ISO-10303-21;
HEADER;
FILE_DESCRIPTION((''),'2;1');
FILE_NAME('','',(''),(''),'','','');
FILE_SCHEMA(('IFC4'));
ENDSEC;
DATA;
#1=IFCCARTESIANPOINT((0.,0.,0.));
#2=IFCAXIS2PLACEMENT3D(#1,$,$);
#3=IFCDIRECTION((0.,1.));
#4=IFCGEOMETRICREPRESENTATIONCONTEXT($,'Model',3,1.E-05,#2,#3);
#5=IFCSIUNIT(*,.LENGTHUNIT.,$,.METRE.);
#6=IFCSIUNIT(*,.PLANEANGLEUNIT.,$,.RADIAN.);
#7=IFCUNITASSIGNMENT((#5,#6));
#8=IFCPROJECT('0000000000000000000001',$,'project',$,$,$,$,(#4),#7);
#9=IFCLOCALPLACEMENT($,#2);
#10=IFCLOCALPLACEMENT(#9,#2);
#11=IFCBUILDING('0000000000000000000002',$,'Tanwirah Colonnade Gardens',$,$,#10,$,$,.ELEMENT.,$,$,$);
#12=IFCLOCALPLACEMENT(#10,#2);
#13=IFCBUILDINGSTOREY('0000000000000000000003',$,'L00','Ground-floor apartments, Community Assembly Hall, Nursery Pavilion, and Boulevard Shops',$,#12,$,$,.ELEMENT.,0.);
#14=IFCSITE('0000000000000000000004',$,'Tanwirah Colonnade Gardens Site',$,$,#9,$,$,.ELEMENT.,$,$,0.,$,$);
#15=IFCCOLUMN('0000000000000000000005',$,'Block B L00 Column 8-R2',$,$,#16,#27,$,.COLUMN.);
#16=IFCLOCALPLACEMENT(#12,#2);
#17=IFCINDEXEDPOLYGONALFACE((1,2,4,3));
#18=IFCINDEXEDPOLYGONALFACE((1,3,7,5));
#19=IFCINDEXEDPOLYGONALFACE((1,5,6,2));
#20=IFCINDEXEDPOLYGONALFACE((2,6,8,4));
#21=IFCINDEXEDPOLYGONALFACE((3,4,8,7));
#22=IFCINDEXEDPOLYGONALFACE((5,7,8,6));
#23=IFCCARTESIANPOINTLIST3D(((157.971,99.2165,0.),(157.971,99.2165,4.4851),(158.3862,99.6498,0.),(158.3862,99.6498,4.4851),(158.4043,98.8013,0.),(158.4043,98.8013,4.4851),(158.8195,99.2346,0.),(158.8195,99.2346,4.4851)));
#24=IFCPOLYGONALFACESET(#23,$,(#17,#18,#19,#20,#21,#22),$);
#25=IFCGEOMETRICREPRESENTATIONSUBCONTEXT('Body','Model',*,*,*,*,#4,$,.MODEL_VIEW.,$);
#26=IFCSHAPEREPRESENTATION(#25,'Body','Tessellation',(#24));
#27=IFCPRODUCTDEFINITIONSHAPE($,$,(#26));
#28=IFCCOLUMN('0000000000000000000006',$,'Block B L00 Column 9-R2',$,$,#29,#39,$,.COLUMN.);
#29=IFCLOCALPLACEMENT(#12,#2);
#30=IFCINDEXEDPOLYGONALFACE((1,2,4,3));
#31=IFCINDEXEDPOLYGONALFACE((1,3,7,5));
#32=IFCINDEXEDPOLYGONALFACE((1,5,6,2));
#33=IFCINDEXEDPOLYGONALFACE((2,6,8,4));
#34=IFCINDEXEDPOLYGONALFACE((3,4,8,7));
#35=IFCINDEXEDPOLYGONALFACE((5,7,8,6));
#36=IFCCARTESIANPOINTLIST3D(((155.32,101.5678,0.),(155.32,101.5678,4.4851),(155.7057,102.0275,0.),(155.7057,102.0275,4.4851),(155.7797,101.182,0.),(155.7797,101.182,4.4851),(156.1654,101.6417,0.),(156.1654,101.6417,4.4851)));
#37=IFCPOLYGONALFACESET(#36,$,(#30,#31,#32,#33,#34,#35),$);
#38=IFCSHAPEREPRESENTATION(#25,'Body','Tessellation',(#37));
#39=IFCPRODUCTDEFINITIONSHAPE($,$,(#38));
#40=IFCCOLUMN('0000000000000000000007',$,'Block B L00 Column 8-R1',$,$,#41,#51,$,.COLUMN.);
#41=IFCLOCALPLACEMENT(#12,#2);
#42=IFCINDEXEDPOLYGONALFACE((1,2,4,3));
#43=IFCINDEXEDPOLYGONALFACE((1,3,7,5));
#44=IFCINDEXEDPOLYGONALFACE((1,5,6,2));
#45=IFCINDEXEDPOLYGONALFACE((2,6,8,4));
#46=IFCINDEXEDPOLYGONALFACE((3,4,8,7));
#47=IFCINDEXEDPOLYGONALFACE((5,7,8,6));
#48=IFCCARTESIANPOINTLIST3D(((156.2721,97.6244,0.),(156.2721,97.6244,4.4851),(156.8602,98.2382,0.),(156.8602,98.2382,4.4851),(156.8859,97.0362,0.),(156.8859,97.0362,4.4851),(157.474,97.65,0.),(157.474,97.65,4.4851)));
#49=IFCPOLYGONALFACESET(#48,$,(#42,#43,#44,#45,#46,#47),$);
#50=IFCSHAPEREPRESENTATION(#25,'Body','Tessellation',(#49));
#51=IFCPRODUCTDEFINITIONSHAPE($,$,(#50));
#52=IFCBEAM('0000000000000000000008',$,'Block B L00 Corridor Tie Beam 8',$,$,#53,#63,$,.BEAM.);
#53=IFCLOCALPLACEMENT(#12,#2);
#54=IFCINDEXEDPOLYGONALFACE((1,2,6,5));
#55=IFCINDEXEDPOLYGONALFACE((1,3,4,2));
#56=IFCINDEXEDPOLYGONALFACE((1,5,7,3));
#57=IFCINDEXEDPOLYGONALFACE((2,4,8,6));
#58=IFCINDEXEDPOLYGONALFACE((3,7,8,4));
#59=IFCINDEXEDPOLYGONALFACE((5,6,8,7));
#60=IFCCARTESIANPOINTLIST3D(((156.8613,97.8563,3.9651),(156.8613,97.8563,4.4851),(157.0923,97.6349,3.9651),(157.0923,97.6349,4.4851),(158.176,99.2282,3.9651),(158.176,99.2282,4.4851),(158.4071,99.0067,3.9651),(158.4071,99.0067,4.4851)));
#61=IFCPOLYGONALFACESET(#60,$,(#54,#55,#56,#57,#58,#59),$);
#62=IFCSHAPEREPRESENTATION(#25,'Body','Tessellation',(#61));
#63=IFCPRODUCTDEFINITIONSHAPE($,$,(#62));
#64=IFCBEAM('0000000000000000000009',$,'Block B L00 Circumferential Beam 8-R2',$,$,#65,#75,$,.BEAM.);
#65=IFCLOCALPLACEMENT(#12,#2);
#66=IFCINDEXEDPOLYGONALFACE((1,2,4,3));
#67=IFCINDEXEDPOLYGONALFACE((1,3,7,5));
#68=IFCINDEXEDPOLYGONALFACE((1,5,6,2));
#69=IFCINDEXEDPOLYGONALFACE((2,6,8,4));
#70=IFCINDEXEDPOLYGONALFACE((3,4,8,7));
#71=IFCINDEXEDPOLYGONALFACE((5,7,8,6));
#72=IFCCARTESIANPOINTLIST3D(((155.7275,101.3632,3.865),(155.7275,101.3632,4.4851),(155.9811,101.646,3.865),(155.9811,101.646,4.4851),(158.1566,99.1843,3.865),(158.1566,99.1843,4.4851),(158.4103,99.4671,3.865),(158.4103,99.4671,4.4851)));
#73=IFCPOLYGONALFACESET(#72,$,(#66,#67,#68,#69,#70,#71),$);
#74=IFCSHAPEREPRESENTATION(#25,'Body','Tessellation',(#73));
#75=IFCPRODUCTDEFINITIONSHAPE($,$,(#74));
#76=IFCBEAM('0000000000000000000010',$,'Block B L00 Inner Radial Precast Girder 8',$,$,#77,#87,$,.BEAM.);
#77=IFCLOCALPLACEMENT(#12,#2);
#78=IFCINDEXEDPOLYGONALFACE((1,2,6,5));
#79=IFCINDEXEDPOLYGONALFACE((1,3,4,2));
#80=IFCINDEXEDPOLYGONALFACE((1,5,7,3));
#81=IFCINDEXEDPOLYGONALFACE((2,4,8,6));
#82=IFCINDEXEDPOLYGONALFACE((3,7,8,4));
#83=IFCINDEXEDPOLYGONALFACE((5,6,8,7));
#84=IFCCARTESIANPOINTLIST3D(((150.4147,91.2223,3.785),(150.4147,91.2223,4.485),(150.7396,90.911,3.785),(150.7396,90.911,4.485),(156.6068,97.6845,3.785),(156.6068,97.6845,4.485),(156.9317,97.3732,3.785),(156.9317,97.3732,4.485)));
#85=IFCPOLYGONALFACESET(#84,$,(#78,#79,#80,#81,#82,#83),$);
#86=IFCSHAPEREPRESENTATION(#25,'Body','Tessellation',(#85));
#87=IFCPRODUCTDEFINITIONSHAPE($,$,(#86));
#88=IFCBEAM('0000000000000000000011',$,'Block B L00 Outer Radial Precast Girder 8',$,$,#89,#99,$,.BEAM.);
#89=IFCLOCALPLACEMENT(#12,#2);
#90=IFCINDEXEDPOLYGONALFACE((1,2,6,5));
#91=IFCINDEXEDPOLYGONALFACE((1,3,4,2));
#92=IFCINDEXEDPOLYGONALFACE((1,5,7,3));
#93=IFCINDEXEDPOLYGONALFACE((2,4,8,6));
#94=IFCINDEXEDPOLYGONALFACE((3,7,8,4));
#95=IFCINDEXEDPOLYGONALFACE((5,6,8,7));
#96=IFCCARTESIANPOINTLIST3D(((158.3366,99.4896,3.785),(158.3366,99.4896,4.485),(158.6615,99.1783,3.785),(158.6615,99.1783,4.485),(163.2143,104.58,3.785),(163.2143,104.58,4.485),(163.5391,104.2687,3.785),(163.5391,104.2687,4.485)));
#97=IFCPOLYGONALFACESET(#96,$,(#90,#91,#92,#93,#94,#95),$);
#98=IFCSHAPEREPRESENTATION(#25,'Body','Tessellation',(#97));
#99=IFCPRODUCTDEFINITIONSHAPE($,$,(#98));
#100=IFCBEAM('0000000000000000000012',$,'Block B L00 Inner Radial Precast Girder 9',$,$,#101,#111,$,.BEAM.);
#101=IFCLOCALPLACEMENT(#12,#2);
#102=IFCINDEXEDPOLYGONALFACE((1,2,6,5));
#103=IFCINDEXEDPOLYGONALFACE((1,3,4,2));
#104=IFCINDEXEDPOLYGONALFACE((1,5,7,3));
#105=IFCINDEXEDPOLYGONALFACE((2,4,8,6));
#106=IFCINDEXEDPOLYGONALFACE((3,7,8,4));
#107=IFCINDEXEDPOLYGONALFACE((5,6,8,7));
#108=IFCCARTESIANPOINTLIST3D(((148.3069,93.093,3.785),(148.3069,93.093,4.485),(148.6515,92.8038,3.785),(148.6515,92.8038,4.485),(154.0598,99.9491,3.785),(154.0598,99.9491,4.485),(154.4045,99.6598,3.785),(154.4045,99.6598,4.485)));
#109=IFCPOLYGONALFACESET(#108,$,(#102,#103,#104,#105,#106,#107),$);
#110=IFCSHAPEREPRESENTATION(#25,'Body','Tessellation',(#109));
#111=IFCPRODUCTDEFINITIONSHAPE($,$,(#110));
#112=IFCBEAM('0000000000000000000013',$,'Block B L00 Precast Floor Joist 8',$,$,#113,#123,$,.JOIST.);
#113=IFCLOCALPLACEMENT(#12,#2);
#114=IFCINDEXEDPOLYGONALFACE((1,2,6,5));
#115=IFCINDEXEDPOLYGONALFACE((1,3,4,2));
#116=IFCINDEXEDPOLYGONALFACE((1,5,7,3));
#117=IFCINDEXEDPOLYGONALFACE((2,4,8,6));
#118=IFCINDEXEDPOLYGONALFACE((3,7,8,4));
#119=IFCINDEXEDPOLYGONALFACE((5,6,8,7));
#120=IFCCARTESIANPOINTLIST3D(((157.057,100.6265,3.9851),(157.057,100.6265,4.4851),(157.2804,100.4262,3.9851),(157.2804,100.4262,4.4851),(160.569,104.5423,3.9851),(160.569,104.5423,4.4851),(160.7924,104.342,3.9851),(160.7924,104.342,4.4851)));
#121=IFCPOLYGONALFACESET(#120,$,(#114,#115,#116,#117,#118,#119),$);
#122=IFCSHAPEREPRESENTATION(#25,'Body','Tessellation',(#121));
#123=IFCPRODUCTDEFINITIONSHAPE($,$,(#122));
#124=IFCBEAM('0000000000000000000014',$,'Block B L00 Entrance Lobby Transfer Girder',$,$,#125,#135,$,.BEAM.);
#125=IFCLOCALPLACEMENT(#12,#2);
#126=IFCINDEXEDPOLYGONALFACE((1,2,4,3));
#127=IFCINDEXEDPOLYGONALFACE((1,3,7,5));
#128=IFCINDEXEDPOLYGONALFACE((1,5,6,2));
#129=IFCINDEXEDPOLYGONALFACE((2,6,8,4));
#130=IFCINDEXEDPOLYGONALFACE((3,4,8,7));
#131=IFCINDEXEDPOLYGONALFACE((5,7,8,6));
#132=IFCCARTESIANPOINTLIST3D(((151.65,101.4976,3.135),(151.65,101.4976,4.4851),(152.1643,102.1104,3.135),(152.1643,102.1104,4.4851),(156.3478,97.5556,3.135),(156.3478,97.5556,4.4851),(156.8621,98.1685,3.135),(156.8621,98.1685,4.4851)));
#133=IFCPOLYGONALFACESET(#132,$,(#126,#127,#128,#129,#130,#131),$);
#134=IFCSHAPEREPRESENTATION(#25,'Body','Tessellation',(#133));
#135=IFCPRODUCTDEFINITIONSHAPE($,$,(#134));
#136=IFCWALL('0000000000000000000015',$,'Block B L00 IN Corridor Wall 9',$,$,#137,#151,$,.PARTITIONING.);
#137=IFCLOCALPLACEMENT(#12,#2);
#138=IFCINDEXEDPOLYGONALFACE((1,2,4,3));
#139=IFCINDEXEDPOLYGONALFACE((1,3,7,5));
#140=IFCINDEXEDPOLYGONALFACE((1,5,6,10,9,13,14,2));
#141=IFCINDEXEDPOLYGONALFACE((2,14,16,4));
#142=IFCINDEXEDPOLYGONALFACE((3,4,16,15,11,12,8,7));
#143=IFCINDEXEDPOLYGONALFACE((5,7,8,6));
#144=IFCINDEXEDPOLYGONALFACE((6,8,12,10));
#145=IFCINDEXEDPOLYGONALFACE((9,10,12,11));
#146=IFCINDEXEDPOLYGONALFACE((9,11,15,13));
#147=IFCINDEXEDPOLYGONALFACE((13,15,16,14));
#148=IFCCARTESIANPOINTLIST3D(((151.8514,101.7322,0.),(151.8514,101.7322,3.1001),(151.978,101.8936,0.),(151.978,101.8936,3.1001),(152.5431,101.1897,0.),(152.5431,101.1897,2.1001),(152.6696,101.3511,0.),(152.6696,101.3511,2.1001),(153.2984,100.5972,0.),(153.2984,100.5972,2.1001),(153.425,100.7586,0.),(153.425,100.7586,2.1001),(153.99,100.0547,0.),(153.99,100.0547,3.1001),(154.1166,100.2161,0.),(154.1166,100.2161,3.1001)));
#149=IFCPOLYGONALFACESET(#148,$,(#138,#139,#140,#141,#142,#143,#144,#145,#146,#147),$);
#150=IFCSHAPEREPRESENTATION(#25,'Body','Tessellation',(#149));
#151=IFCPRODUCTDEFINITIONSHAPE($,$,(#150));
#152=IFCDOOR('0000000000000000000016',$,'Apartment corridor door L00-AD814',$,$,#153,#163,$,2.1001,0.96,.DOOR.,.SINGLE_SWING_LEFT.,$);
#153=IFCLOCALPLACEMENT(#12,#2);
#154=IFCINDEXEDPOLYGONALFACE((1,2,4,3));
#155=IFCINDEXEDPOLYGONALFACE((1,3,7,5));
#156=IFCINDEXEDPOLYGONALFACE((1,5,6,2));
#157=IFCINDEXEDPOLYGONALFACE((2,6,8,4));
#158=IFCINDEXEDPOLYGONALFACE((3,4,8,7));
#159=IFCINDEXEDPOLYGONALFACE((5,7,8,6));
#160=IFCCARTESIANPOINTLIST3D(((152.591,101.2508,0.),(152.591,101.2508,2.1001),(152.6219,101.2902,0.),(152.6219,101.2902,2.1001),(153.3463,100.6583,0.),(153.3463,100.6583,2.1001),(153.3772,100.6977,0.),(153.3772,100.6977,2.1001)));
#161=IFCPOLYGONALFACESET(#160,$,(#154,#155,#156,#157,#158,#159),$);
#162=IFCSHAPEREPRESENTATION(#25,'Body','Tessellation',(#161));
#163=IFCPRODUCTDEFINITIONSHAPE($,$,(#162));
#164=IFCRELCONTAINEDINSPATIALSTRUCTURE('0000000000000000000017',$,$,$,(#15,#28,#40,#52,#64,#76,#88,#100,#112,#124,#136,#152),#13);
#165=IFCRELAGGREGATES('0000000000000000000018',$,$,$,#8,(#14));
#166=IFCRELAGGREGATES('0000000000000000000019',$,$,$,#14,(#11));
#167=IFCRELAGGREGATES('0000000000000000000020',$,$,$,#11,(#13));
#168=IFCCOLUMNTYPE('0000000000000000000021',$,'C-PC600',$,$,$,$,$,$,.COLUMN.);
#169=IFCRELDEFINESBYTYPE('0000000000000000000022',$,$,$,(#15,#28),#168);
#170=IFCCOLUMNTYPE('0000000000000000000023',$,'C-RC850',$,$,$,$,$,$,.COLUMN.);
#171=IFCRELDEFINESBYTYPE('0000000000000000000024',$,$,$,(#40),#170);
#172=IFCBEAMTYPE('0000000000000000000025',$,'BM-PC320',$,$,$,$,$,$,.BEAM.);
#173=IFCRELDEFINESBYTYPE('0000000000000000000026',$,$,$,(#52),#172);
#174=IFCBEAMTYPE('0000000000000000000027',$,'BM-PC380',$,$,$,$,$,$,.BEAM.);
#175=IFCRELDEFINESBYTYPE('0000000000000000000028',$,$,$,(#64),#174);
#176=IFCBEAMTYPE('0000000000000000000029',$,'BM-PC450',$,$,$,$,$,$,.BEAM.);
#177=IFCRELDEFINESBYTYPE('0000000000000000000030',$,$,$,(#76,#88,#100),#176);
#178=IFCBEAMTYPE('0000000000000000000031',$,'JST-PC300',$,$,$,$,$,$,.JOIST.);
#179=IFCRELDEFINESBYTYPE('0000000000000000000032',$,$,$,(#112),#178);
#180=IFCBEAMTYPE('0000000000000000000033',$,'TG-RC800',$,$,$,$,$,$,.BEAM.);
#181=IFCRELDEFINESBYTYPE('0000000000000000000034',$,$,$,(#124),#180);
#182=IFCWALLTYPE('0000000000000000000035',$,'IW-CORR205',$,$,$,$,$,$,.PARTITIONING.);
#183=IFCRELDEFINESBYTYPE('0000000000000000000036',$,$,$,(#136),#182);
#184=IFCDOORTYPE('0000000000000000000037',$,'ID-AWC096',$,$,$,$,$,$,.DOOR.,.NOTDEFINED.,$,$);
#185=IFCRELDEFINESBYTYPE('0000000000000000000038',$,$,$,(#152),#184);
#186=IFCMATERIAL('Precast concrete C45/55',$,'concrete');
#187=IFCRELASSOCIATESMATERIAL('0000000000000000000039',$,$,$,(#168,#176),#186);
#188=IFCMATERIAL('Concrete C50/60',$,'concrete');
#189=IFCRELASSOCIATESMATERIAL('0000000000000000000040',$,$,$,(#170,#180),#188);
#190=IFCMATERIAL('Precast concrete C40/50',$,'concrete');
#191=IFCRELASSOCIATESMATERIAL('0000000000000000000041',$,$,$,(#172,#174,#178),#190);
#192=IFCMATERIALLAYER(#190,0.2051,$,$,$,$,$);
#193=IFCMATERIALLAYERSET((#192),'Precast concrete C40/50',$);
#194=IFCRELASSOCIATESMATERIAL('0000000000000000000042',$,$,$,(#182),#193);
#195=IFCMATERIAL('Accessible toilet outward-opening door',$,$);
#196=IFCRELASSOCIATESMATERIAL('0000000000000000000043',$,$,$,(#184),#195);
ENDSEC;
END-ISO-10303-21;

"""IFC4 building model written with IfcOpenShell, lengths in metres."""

from ifc_helpers import new_model, si_unit, direction, frame, frame_2d, origin, origin_2d, place, context, subcontext, project, spatial, rectangle, extrude, material, layer, layer_set, material_profile, profile_set, type_object, element, fill, save


model = new_model("IFC4")

# Units and contexts
model_context = context("Model", 3, precision=1e-05, world=origin(), true_north=direction((0.0, 1.0)))
body_context = subcontext(model_context, "Body", "Model", "MODEL_VIEW")
ifc_project = project(units=[si_unit("LENGTHUNIT", "METRE"), si_unit("PLANEANGLEUNIT", "RADIAN")], contexts=[model_context])

# Site, building, storey
site_placement = place(None, origin())
site = spatial("IfcSite", under=ifc_project, at=site_placement, Name="Tanwirah Colonnade Gardens Site", CompositionType="ELEMENT", RefElevation=0.0)
building_placement = place(site_placement, origin())
building = spatial("IfcBuilding", under=site, at=building_placement, Name="Tanwirah Colonnade Gardens", CompositionType="ELEMENT")
storey_placement = place(building_placement, origin())
storey = spatial("IfcBuildingStorey", under=building, at=storey_placement, Name="L00", Description="Ground-floor apartments, Community Assembly Hall, Nursery Pavilion, and Boulevard Shops", CompositionType="ELEMENT", Elevation=0.0)

# Columns
ifc_material_1 = material(Name="Precast concrete C45/55", Category="concrete")
ifc_material_profile_1 = material_profile(ifc_material_1, rectangle(XDim=0.6001, YDim=0.6001, at=origin_2d()), Name="PC-COL 600x600")
ifc_profile_set_1 = profile_set([ifc_material_profile_1], Name="Precast concrete C45/55")
column_type_1 = type_object("IfcColumnType", Name="C-PC600", PredefinedType="COLUMN", material=ifc_profile_set_1)
for number, where, z_axis, x_axis, name in (
    (1, (158.3953, 99.2256, 0.0), (0.0, 0.0, 1.0), (0.691863, 0.722029, 0.0), "Block B L00 Column 8-R2"),
    (2, (155.7427, 101.6047, 0.0), (0.0, 0.0, 1.0), (0.642788, 0.766044, 0.0), "Block B L00 Column 9-R2"),
):
    element("IfcColumn", number, at=place(storey_placement, frame(where, z_axis=z_axis, x_axis=x_axis)), inside=storey, type_object=column_type_1, Name=name, PredefinedType="COLUMN", context=body_context, shape_type="SweptSolid", body=[
        extrude(rectangle(XDim=0.6001, YDim=0.6001, at=origin_2d()), origin(), (0.0, 0.0, 1.0), 4.4851),
    ])
ifc_material_2 = material(Name="Concrete C50/60", Category="concrete")
ifc_material_profile_2 = material_profile(ifc_material_2, rectangle(XDim=0.8501, YDim=0.8501, at=origin_2d()), Name="RC-COL 850x850")
ifc_profile_set_2 = profile_set([ifc_material_profile_2], Name="Concrete C50/60")
column_type_2 = type_object("IfcColumnType", Name="C-RC850", PredefinedType="COLUMN", material=ifc_profile_set_2)
column_placement = place(storey_placement, frame((156.873, 97.6372, 0.0), z_axis=(0.0, 0.0, 1.0), x_axis=(0.691863, 0.722029, 0.0)))
element("IfcColumn", 3, at=column_placement, inside=storey, type_object=column_type_2, Name="Block B L00 Column 8-R1", PredefinedType="COLUMN", context=body_context, shape_type="SweptSolid", body=[
    extrude(rectangle(XDim=0.8501, YDim=0.8501, at=origin_2d()), origin(), (0.0, 0.0, 1.0), 4.4851),
])

# Beams
ifc_material_3 = material(Name="Precast concrete C40/50", Category="concrete")
ifc_material_profile_3 = material_profile(ifc_material_3, rectangle(XDim=0.3201, YDim=0.52, at=origin_2d()), Name="PC-BM 320x520")
ifc_profile_set_3 = profile_set([ifc_material_profile_3], Name="Precast concrete C40/50")
beam_type_1 = type_object("IfcBeamType", Name="BM-PC320", PredefinedType="BEAM", material=ifc_profile_set_3)
beam_1_placement = place(storey_placement, frame((156.9768, 97.7456, 4.2251), z_axis=(0.691914, 0.72198, 0.0), x_axis=(-0.72198, 0.691914, 0.0)))
element("IfcBeam", 4, at=beam_1_placement, inside=storey, type_object=beam_type_1, Name="Block B L00 Corridor Tie Beam 8", PredefinedType="BEAM", context=body_context, shape_type="SweptSolid", body=[
    extrude(rectangle(XDim=0.3201, YDim=0.52, at=origin_2d()), origin(), (0.0, 0.0, 1.0), 1.9001),
])
ifc_material_profile_4 = material_profile(ifc_material_3, rectangle(XDim=0.3799, YDim=0.6201, at=origin_2d()), Name="PC-BM 380x620")
ifc_profile_set_4 = profile_set([ifc_material_profile_4], Name="Precast concrete C40/50")
beam_type_2 = type_object("IfcBeamType", Name="BM-PC380", PredefinedType="BEAM", material=ifc_profile_set_4)
beam_2_placement = place(storey_placement, frame((158.2834, 99.3257, 4.175), z_axis=(-0.744409, 0.667724, 0.0), x_axis=(-0.667724, -0.744409, 0.0)))
element("IfcBeam", 5, at=beam_2_placement, inside=storey, type_object=beam_type_2, Name="Block B L00 Circumferential Beam 8-R2", PredefinedType="BEAM", context=body_context, shape_type="SweptSolid", body=[
    extrude(rectangle(XDim=0.3799, YDim=0.6201, at=origin_2d()), origin(), (0.0, 0.0, 1.0), 3.2632),
])
ifc_material_profile_5 = material_profile(ifc_material_1, rectangle(XDim=0.45, YDim=0.7, at=origin_2d()), Name="PC-BM 450x700")
ifc_profile_set_5 = profile_set([ifc_material_profile_5], Name="Precast concrete C45/55")
beam_type_3 = type_object("IfcBeamType", Name="BM-PC450", PredefinedType="BEAM", material=ifc_profile_set_5)
beam_3_placement = place(storey_placement, frame((156.7693, 97.5288, 4.135), z_axis=(-0.691861, -0.722031, 0.0), x_axis=(0.722031, -0.691861, 0.0)))
element("IfcBeam", 6, at=beam_3_placement, inside=storey, type_object=beam_type_3, Name="Block B L00 Inner Radial Precast Girder 8", PredefinedType="BEAM", context=body_context, shape_type="SweptSolid", body=[
    extrude(rectangle(XDim=0.45, YDim=0.7, at=origin_2d()), origin(), (0.0, 0.0, 1.0), 8.95),
])
beam_4_placement = place(storey_placement, frame((158.499, 99.334, 4.135), z_axis=(0.691865, 0.722027, 0.0), x_axis=(-0.722027, 0.691865, 0.0)))
element("IfcBeam", 7, at=beam_4_placement, inside=storey, type_object=beam_type_3, Name="Block B L00 Outer Radial Precast Girder 8", PredefinedType="BEAM", context=body_context, shape_type="SweptSolid", body=[
    extrude(rectangle(XDim=0.45, YDim=0.7, at=origin_2d()), origin(), (0.0, 0.0, 1.0), 7.05),
])
beam_5_placement = place(storey_placement, frame((154.2322, 99.8044, 4.135), z_axis=(-0.642794, -0.766039, 0.0), x_axis=(0.766039, -0.642794, 0.0)))
element("IfcBeam", 8, at=beam_5_placement, inside=storey, type_object=beam_type_3, Name="Block B L00 Inner Radial Precast Girder 9", PredefinedType="BEAM", context=body_context, shape_type="SweptSolid", body=[
    extrude(rectangle(XDim=0.45, YDim=0.7, at=origin_2d()), origin(), (0.0, 0.0, 1.0), 8.95),
])
ifc_material_profile_6 = material_profile(ifc_material_3, rectangle(XDim=0.3, YDim=0.5, at=origin_2d()), Name="PC-JST 300x500")
ifc_profile_set_6 = profile_set([ifc_material_profile_6], Name="Precast concrete C40/50")
beam_type_4 = type_object("IfcBeamType", Name="JST-PC300", PredefinedType="JOIST", material=ifc_profile_set_6)
beam_6_placement = place(storey_placement, frame((157.1687, 100.5264, 4.2351), z_axis=(0.667679, 0.744449, 0.0), x_axis=(-0.744449, 0.667679, 0.0)))
element("IfcBeam", 9, at=beam_6_placement, inside=storey, type_object=beam_type_4, Name="Block B L00 Precast Floor Joist 8", PredefinedType="JOIST", context=body_context, shape_type="SweptSolid", body=[
    extrude(rectangle(XDim=0.3, YDim=0.5, at=origin_2d()), origin(), (0.0, 0.0, 1.0), 5.26),
])
ifc_material_profile_7 = material_profile(ifc_material_2, rectangle(XDim=0.8, YDim=1.3501, at=origin_2d()), Name="RC-TG 800x1350")
ifc_profile_set_7 = profile_set([ifc_material_profile_7], Name="Concrete C50/60")
beam_type_5 = type_object("IfcBeamType", Name="TG-RC800", PredefinedType="BEAM", material=ifc_profile_set_7)
beam_7_placement = place(storey_placement, frame((156.605, 97.8621, 3.8101), z_axis=(-0.766044, 0.642789, 0.0), x_axis=(-0.642789, -0.766044, 0.0)))
element("IfcBeam", 10, at=beam_7_placement, inside=storey, type_object=beam_type_5, Name="Block B L00 Entrance Lobby Transfer Girder", PredefinedType="BEAM", context=body_context, shape_type="SweptSolid", body=[
    extrude(rectangle(XDim=0.8, YDim=1.3501, at=origin_2d()), origin(), (0.0, 0.0, 1.0), 6.1326),
])

# Wall, opening, door
ifc_layer_1 = layer(ifc_material_3, 0.2051)
ifc_layer_set_1 = layer_set([ifc_layer_1], Name="Precast concrete C40/50")
wall_type_1 = type_object("IfcWallType", Name="IW-CORR205", PredefinedType="PARTITIONING", material=ifc_layer_set_1)
wall_1_placement = place(storey_placement, frame((154.0532, 100.1355, 0.0), z_axis=(0.0, 0.0, 1.0), x_axis=(-0.786835, 0.617163, 0.0)))
wall_1 = element("IfcWall", 11, at=wall_1_placement, inside=storey, type_object=wall_type_1, Name="Block B L00 IN Corridor Wall 9", PredefinedType="PARTITIONING", context=body_context, shape_type="SweptSolid", body=[
    extrude(rectangle(XDim=2.718, YDim=0.2051, at=frame_2d((1.3589, 0.0))), origin(), (0.0, 0.0, 1.0), 3.1001),
])
opening_1_placement = place(wall_1_placement, frame((0.8789, 0.0, 0.0)))
opening_1 = element("IfcOpeningElement", 12, at=opening_1_placement, cuts=wall_1, PredefinedType="OPENING", context=body_context, shape_type="SweptSolid", body=[
    extrude(rectangle(XDim=0.96, YDim=2.1001, at=frame_2d((0.48, 1.05))), frame((0.0, 0.1125, 0.0), z_axis=(0.0, -1.0, 0.0), x_axis=(1.0, 0.0, 0.0)), (0.0, 0.0, 1.0), 0.2251),
])
ifc_material_4 = material(Name="Accessible toilet outward-opening door")
door_type_1 = type_object("IfcDoorType", Name="ID-AWC096", OperationType="NOTDEFINED", PredefinedType="DOOR", material=ifc_material_4)
door_1_placement = place(opening_1_placement, origin())
door_1 = element("IfcDoor", 13, at=door_1_placement, inside=storey, type_object=door_type_1, Name="Apartment corridor door L00-AD814", OperationType="SINGLE_SWING_LEFT", OverallHeight=2.1001, OverallWidth=0.96, PredefinedType="DOOR", context=body_context, shape_type="SweptSolid", body=[
    extrude(rectangle(XDim=0.96, YDim=2.1001, at=frame_2d((0.48, 1.05))), frame((0.0, 0.0249, 0.0), z_axis=(0.0, -1.0, 0.0), x_axis=(1.0, 0.0, 0.0)), (0.0, 0.0, 1.0), 0.05),
])
fill(opening_1, door_1)

save(model, "model.ifc")
